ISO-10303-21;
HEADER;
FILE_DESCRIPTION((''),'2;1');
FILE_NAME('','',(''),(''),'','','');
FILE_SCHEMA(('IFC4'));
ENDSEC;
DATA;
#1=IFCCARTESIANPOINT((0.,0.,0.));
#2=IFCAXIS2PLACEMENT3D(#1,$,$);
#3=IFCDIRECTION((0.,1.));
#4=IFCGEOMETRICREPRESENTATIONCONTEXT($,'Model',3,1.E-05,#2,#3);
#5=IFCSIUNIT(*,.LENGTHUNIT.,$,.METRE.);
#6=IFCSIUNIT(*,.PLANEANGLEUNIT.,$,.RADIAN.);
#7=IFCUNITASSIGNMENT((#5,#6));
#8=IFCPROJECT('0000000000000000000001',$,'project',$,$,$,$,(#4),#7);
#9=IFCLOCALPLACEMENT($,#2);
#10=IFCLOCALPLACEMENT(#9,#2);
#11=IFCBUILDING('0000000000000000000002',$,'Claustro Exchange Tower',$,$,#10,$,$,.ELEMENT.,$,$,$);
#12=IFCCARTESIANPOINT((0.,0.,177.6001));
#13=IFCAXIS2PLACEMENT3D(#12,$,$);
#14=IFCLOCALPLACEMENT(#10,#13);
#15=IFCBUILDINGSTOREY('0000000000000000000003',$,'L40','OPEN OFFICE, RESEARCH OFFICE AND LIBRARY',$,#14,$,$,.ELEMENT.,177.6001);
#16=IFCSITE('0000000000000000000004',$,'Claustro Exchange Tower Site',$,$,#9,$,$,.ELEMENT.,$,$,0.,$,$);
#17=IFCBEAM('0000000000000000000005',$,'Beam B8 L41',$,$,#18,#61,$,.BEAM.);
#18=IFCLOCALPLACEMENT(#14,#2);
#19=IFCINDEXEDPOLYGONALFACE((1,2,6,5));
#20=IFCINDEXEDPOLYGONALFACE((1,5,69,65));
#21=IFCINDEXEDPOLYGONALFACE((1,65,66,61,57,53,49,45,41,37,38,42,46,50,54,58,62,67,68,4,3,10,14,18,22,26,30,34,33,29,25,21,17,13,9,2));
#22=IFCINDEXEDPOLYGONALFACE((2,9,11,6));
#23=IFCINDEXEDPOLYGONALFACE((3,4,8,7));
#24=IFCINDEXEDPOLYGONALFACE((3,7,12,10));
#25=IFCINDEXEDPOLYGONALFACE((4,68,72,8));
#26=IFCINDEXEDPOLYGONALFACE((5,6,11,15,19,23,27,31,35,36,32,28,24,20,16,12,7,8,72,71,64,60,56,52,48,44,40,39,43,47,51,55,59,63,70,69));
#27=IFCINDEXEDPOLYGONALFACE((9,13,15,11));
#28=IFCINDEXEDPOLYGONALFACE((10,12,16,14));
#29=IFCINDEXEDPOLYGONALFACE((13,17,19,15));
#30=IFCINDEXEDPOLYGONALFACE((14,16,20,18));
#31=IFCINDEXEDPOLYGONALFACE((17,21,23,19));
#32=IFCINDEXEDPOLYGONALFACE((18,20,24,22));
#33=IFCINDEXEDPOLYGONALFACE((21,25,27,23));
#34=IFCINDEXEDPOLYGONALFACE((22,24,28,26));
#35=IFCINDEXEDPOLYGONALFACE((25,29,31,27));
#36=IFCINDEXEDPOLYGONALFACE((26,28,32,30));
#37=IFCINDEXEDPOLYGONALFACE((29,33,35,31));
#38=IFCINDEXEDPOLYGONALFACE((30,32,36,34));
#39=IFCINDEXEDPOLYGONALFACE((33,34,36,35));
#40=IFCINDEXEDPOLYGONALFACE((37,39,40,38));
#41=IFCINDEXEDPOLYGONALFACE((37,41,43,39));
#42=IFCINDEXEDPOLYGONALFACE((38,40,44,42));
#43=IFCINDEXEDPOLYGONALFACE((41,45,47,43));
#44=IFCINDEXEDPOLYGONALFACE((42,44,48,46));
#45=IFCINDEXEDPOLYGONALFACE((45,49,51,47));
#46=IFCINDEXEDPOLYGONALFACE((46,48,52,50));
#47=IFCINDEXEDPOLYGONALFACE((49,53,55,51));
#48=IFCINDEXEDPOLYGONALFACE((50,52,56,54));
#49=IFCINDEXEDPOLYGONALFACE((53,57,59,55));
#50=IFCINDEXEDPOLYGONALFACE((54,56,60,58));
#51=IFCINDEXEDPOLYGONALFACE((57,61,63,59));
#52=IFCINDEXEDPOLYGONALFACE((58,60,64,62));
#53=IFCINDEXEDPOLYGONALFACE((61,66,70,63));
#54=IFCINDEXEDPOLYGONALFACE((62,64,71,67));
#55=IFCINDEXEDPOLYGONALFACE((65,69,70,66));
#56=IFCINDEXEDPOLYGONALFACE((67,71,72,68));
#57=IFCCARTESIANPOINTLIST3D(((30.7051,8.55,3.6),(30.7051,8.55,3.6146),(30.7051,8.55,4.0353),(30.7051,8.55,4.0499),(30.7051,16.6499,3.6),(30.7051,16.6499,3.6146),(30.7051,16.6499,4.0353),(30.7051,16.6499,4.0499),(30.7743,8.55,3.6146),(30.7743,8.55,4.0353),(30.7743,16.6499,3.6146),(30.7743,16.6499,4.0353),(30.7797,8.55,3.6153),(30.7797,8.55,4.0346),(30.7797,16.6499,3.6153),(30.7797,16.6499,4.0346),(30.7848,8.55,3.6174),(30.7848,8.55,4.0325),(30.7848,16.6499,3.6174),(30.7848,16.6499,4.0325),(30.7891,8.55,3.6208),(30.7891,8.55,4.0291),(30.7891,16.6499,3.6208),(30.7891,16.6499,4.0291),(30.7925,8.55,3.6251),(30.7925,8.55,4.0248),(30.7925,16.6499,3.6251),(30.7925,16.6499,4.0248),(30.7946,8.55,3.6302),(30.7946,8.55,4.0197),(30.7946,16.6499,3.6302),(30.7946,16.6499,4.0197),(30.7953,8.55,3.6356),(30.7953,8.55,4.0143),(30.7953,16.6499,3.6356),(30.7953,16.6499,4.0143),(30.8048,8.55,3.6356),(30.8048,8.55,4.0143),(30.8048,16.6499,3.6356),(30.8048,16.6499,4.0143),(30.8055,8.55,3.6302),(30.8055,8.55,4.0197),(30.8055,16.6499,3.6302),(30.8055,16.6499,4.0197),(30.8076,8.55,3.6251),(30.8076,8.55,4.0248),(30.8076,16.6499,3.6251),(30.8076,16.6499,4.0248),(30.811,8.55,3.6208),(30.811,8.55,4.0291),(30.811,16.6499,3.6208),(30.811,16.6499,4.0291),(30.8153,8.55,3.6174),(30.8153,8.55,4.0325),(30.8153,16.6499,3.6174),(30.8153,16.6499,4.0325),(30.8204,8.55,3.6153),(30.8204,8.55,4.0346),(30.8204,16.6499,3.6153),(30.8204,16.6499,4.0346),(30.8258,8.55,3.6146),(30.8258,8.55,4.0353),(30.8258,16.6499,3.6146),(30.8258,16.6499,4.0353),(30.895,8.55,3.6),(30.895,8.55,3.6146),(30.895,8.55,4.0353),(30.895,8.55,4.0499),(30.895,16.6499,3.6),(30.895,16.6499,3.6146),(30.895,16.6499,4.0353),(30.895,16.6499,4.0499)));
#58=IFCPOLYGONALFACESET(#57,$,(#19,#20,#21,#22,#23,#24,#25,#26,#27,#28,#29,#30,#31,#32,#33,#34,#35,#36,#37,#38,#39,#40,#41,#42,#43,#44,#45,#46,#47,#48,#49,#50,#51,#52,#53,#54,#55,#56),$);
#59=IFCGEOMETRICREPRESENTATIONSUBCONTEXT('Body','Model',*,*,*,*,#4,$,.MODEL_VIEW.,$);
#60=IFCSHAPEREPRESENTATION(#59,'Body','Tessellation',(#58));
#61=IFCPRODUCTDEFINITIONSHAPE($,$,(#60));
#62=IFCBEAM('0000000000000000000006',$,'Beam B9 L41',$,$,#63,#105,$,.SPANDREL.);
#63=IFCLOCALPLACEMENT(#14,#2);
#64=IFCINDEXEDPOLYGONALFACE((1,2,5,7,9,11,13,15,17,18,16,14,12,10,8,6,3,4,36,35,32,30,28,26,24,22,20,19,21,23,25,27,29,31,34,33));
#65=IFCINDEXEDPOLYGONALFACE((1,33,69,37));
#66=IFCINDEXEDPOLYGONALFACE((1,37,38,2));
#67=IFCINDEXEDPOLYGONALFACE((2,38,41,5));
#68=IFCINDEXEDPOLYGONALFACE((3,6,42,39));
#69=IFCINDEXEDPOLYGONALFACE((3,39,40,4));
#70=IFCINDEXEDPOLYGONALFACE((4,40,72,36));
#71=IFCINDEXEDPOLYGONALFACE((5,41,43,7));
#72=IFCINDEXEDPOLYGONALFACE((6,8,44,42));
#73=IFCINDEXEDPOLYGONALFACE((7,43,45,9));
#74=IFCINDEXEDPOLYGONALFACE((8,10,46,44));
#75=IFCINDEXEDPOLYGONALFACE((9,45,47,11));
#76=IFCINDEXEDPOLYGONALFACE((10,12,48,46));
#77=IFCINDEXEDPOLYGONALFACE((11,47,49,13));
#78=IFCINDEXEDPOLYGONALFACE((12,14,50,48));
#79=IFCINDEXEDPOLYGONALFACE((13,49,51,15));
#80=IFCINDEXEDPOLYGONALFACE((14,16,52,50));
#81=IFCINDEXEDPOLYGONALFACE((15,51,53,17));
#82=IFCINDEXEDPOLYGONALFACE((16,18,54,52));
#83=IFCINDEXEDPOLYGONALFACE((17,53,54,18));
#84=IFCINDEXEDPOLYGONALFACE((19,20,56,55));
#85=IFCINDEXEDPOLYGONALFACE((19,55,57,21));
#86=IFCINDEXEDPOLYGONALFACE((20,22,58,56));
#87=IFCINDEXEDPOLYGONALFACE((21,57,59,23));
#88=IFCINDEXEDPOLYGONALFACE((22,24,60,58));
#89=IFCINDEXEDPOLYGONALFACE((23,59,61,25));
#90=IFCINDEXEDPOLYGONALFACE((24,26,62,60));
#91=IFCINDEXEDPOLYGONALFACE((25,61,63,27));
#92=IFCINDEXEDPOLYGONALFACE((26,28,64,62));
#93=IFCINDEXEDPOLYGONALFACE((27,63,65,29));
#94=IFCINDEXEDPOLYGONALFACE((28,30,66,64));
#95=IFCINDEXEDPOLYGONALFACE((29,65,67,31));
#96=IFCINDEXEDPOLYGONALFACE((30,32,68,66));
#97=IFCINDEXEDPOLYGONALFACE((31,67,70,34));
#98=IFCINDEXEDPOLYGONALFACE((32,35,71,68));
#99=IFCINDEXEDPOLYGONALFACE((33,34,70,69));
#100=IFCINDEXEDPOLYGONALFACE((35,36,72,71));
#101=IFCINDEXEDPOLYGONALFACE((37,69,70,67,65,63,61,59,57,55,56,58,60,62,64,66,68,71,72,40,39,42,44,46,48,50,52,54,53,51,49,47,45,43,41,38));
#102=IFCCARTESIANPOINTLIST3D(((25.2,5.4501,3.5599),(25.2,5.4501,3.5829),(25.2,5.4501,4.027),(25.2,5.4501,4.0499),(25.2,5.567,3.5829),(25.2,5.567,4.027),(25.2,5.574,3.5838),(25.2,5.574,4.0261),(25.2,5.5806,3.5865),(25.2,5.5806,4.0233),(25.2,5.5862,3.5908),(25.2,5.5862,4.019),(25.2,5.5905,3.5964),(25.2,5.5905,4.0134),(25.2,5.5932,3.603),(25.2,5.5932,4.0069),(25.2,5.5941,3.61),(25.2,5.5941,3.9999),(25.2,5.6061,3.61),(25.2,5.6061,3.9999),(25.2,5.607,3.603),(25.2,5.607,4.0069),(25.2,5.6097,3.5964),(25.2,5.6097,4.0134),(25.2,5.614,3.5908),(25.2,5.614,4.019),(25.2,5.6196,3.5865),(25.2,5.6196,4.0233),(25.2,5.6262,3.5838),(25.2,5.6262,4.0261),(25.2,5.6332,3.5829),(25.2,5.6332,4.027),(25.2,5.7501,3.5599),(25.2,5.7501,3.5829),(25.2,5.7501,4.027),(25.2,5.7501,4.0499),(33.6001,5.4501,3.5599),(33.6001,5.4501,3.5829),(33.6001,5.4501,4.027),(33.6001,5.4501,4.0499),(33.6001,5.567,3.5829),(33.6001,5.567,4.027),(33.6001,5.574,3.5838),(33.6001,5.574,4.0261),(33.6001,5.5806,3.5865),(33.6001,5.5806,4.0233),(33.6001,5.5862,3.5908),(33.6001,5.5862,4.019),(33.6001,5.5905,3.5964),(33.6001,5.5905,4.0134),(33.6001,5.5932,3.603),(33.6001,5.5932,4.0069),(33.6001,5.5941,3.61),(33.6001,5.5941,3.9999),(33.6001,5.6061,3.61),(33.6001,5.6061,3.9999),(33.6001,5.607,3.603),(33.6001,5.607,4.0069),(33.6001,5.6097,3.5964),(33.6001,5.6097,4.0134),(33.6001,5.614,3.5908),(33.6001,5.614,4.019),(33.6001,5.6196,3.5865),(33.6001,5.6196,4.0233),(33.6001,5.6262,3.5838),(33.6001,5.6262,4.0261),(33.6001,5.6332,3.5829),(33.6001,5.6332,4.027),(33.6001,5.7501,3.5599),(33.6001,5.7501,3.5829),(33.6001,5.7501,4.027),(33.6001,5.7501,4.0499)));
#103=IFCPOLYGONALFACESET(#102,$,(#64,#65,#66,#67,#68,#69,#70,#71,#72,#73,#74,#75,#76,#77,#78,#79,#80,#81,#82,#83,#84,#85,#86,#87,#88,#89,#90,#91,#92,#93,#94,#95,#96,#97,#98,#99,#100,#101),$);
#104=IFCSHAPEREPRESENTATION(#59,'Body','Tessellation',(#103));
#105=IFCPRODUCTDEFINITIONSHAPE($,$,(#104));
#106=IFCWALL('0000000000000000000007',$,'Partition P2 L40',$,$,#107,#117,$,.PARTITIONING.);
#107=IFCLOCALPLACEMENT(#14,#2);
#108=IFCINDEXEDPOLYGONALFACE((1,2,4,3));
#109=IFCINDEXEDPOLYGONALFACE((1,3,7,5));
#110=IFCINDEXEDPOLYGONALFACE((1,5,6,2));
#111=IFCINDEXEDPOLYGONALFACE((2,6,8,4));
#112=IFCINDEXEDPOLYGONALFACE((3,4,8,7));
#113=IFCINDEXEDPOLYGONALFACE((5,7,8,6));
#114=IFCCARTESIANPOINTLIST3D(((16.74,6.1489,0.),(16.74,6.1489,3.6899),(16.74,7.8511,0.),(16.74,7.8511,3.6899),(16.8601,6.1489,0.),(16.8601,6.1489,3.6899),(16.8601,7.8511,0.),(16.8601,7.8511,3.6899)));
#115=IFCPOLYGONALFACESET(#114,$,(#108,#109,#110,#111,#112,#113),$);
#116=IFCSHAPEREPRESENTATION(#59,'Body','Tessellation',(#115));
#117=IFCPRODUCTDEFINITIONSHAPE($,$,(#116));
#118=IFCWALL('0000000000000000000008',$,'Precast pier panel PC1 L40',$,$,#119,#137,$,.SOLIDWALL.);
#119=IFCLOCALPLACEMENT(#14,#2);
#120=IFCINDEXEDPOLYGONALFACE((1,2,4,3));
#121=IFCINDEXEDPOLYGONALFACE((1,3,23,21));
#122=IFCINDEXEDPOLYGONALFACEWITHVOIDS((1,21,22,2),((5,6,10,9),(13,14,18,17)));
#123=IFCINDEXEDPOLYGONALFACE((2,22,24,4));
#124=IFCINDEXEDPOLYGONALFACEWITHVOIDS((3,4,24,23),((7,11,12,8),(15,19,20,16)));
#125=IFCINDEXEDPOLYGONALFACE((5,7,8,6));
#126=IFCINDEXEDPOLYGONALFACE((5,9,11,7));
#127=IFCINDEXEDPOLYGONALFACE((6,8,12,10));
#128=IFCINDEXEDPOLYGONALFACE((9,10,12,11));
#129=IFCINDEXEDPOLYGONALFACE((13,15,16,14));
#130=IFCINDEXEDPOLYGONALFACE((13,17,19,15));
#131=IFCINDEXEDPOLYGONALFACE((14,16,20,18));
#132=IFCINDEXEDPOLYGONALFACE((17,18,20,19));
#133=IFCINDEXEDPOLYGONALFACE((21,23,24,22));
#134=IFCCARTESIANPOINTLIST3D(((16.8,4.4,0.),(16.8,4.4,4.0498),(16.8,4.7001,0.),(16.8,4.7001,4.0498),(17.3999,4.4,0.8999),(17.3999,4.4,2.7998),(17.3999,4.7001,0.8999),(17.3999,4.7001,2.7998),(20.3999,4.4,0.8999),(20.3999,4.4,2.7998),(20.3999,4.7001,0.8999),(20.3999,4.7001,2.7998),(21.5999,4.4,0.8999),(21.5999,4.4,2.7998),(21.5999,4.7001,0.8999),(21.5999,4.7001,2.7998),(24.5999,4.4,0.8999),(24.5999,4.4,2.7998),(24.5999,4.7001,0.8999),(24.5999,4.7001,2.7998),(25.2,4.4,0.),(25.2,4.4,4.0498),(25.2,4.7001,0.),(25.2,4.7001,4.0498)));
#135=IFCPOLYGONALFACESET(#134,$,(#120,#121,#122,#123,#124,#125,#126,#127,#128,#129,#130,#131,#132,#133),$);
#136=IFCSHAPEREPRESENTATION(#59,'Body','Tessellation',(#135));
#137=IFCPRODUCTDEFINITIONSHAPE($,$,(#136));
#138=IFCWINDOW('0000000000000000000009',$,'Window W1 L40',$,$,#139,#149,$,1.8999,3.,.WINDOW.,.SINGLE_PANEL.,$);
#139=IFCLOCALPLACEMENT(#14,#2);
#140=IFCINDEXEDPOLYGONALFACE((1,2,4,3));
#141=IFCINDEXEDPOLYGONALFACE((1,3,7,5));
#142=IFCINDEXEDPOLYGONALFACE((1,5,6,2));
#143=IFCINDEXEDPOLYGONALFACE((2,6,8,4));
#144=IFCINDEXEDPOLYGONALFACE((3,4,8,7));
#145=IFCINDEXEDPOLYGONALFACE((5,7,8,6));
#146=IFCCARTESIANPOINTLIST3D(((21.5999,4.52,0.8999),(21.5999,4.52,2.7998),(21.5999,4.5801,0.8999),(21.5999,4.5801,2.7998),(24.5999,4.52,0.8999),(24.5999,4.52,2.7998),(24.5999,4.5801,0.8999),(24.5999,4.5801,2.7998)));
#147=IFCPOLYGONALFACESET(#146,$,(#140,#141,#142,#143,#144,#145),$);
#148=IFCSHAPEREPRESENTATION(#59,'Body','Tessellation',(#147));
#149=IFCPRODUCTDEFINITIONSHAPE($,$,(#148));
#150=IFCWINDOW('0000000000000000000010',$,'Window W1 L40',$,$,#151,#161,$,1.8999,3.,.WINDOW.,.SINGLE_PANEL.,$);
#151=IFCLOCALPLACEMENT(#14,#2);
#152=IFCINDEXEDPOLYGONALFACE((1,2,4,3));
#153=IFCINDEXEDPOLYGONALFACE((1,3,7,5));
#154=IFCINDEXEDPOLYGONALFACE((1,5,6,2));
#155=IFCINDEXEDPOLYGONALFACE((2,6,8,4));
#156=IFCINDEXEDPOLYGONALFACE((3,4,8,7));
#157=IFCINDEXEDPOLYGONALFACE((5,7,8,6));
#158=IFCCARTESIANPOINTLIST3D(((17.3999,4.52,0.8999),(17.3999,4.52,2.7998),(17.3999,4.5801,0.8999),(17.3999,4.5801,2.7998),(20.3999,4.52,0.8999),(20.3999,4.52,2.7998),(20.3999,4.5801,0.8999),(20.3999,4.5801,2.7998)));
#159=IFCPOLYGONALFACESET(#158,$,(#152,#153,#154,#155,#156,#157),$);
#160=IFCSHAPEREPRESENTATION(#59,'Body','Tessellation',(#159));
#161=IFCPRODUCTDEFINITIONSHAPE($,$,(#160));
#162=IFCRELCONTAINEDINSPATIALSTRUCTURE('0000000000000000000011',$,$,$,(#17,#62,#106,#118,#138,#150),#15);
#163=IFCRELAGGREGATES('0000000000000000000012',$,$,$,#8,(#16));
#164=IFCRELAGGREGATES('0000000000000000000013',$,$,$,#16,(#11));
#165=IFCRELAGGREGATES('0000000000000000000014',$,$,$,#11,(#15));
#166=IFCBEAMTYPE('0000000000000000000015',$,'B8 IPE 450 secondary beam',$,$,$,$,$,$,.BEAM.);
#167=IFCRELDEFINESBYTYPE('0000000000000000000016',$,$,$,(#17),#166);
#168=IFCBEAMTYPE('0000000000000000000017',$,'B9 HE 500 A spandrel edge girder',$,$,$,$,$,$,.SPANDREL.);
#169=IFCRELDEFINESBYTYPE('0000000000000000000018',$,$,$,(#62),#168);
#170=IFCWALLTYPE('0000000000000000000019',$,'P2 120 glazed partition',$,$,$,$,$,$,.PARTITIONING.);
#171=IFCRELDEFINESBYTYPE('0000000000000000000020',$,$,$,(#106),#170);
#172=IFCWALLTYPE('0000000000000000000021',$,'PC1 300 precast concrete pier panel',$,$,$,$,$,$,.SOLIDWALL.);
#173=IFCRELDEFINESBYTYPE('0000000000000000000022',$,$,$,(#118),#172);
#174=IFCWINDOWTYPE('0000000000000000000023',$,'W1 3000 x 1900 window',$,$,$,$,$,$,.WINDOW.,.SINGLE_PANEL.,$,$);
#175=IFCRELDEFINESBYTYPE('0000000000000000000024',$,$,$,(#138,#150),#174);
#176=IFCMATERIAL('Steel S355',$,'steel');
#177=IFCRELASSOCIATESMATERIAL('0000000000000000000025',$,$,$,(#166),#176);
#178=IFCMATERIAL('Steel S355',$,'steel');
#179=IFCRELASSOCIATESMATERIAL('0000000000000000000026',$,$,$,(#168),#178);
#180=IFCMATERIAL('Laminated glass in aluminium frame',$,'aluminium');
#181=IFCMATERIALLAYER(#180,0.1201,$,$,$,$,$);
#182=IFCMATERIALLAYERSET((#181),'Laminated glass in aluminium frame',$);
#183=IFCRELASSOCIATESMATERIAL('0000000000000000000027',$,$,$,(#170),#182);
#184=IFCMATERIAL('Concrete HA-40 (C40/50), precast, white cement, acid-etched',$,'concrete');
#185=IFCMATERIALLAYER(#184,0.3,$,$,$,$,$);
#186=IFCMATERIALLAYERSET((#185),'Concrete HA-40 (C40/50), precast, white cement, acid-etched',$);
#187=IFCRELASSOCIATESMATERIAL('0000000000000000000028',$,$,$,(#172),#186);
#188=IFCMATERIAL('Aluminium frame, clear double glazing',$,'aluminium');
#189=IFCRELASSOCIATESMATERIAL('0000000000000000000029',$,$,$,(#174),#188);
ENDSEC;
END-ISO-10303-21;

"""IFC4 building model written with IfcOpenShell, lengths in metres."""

from ifc_helpers import new_model, si_unit, direction, frame, frame_2d, origin, origin_2d, place, context, subcontext, project, spatial, rectangle, i_section, extrude, material, layer, layer_set, material_profile, profile_set, type_object, element, fill, save


model = new_model("IFC4")

# Units and contexts
model_context = context("Model", 3, precision=1e-05, world=origin(), true_north=direction((0.0, 1.0)))
body_context = subcontext(model_context, "Body", "Model", "MODEL_VIEW")
ifc_project = project(units=[si_unit("LENGTHUNIT", "METRE"), si_unit("PLANEANGLEUNIT", "RADIAN")], contexts=[model_context])

# Site, building, storey
site_placement = place(None, origin())
site = spatial("IfcSite", under=ifc_project, at=site_placement, Name="Claustro Exchange Tower Site", CompositionType="ELEMENT", RefElevation=0.0)
building_placement = place(site_placement, origin())
building = spatial("IfcBuilding", under=site, at=building_placement, Name="Claustro Exchange Tower", CompositionType="ELEMENT")
storey_placement = place(building_placement, frame((0.0, 0.0, 177.6001)))
storey = spatial("IfcBuildingStorey", under=building, at=storey_placement, Name="L40", Description="OPEN OFFICE, RESEARCH OFFICE AND LIBRARY", CompositionType="ELEMENT", Elevation=177.6001)

# Beams
ifc_material_1 = material(Name="Steel S355", Category="steel")
ifc_material_profile_1 = material_profile(ifc_material_1, i_section(OverallWidth=0.1899, OverallDepth=0.45, WebThickness=0.0095, FlangeThickness=0.0146, FilletRadius=0.021, at=origin_2d()), Name="IPE 450")
ifc_profile_set_1 = profile_set([ifc_material_profile_1], Name="Steel S355")
beam_type_1 = type_object("IfcBeamType", Name="B8 IPE 450 secondary beam", PredefinedType="BEAM", material=ifc_profile_set_1)
for number, where, z_axis, x_axis, name in (
    (1, (30.8, 8.55, 3.825), (0.0, 1.0, 0.0), (-1.0, 0.0, 0.0), "Beam B8 L41"),
):
    element("IfcBeam", number, at=place(storey_placement, frame(where, z_axis=z_axis, x_axis=x_axis)), inside=storey, type_object=beam_type_1, Name=name, PredefinedType="BEAM", context=body_context, shape_type="SweptSolid", body=[
        extrude(i_section(OverallWidth=0.1899, OverallDepth=0.45, WebThickness=0.0095, FlangeThickness=0.0146, FilletRadius=0.021, at=origin_2d()), origin(), (0.0, 0.0, 1.0), 8.0999),
    ])
ifc_material_2 = material(Name="Steel S355", Category="steel")
ifc_material_profile_2 = material_profile(ifc_material_2, i_section(OverallWidth=0.3, OverallDepth=0.49, WebThickness=0.012, FlangeThickness=0.0229, FilletRadius=0.0271, at=origin_2d()), Name="HE 500 A")
ifc_profile_set_2 = profile_set([ifc_material_profile_2], Name="Steel S355")
beam_type_2 = type_object("IfcBeamType", Name="B9 HE 500 A spandrel edge girder", PredefinedType="SPANDREL", material=ifc_profile_set_2)
beam_1_placement = place(storey_placement, frame((25.2, 5.6001, 3.8049), z_axis=(1.0, 0.0, 0.0), x_axis=(0.0, 1.0, 0.0)))
element("IfcBeam", 2, at=beam_1_placement, inside=storey, type_object=beam_type_2, Name="Beam B9 L41", PredefinedType="SPANDREL", context=body_context, shape_type="SweptSolid", body=[
    extrude(i_section(OverallWidth=0.3, OverallDepth=0.49, WebThickness=0.012, FlangeThickness=0.0229, FilletRadius=0.0271, at=origin_2d()), origin(), (0.0, 0.0, 1.0), 8.4001),
])

# Wall
ifc_material_3 = material(Name="Laminated glass in aluminium frame", Category="aluminium")
ifc_layer_1 = layer(ifc_material_3, 0.1201)
ifc_layer_set_1 = layer_set([ifc_layer_1], Name="Laminated glass in aluminium frame")
wall_type_1 = type_object("IfcWallType", Name="P2 120 glazed partition", PredefinedType="PARTITIONING", material=ifc_layer_set_1)
wall_1_placement = place(storey_placement, frame((16.8, 6.1489, 0.0), z_axis=(0.0, 0.0, 1.0), x_axis=(0.0, 1.0, 0.0)))
element("IfcWall", 3, at=wall_1_placement, inside=storey, type_object=wall_type_1, Name="Partition P2 L40", PredefinedType="PARTITIONING", context=body_context, shape_type="SweptSolid", body=[
    extrude(rectangle(XDim=1.7021, YDim=0.1201, at=frame_2d((0.8511, 0.0))), origin(), (0.0, 0.0, 1.0), 3.6899),
])

# Wall, openings, windows
ifc_material_4 = material(Name="Concrete HA-40 (C40/50), precast, white cement, acid-etched", Category="concrete")
ifc_layer_2 = layer(ifc_material_4, 0.3)
ifc_layer_set_2 = layer_set([ifc_layer_2], Name="Concrete HA-40 (C40/50), precast, white cement, acid-etched")
wall_type_2 = type_object("IfcWallType", Name="PC1 300 precast concrete pier panel", PredefinedType="SOLIDWALL", material=ifc_layer_set_2)
wall_2_placement = place(storey_placement, frame((25.2, 4.55, 0.0), z_axis=(0.0, 0.0, 1.0), x_axis=(-1.0, 0.0, 0.0)))
wall_2 = element("IfcWall", 4, at=wall_2_placement, inside=storey, type_object=wall_type_2, Name="Precast pier panel PC1 L40", PredefinedType="SOLIDWALL", context=body_context, shape_type="SweptSolid", body=[
    extrude(rectangle(XDim=8.3999, YDim=0.3, at=frame_2d((4.2, 0.0))), origin(), (0.0, 0.0, 1.0), 4.0498),
])
opening_1_placement = place(wall_2_placement, frame((0.6001, 0.0, 0.8999)))
opening_1 = element("IfcOpeningElement", 5, at=opening_1_placement, cuts=wall_2, PredefinedType="OPENING", context=body_context, shape_type="SweptSolid", body=[
    extrude(rectangle(XDim=3.0, YDim=1.8999, at=frame_2d((1.5, 0.95))), frame((0.0, 0.1599, 0.0), z_axis=(0.0, -1.0, 0.0), x_axis=(1.0, 0.0, 0.0)), (0.0, 0.0, 1.0), 0.3201),
])
opening_2_placement = place(wall_2_placement, frame((4.8, 0.0, 0.8999)))
opening_2 = element("IfcOpeningElement", 6, at=opening_2_placement, cuts=wall_2, PredefinedType="OPENING", context=body_context, shape_type="SweptSolid", body=[
    extrude(rectangle(XDim=3.0, YDim=1.8999, at=frame_2d((1.5, 0.95))), frame((0.0, 0.1599, 0.0), z_axis=(0.0, -1.0, 0.0), x_axis=(1.0, 0.0, 0.0)), (0.0, 0.0, 1.0), 0.3201),
])
ifc_material_5 = material(Name="Aluminium frame, clear double glazing", Category="aluminium")
window_type_1 = type_object("IfcWindowType", Name="W1 3000 x 1900 window", PartitioningType="SINGLE_PANEL", PredefinedType="WINDOW", material=ifc_material_5)
window_1_placement = place(opening_1_placement, origin())
window_1 = element("IfcWindow", 7, at=window_1_placement, inside=storey, type_object=window_type_1, Name="Window W1 L40", OverallHeight=1.8999, OverallWidth=3.0, PartitioningType="SINGLE_PANEL", PredefinedType="WINDOW", context=body_context, shape_type="SweptSolid", body=[
    extrude(rectangle(XDim=3.0, YDim=1.8999, at=frame_2d((1.5, 0.95))), frame((0.0, 0.03, 0.0), z_axis=(0.0, -1.0, 0.0), x_axis=(1.0, 0.0, 0.0)), (0.0, 0.0, 1.0), 0.0601),
])
fill(opening_1, window_1)
window_2_placement = place(opening_2_placement, origin())
window_2 = element("IfcWindow", 8, at=window_2_placement, inside=storey, type_object=window_type_1, Name="Window W1 L40", OverallHeight=1.8999, OverallWidth=3.0, PartitioningType="SINGLE_PANEL", PredefinedType="WINDOW", context=body_context, shape_type="SweptSolid", body=[
    extrude(rectangle(XDim=3.0, YDim=1.8999, at=frame_2d((1.5, 0.95))), frame((0.0, 0.03, 0.0), z_axis=(0.0, -1.0, 0.0), x_axis=(1.0, 0.0, 0.0)), (0.0, 0.0, 1.0), 0.0601),
])
fill(opening_2, window_2)

save(model, "model.ifc")
